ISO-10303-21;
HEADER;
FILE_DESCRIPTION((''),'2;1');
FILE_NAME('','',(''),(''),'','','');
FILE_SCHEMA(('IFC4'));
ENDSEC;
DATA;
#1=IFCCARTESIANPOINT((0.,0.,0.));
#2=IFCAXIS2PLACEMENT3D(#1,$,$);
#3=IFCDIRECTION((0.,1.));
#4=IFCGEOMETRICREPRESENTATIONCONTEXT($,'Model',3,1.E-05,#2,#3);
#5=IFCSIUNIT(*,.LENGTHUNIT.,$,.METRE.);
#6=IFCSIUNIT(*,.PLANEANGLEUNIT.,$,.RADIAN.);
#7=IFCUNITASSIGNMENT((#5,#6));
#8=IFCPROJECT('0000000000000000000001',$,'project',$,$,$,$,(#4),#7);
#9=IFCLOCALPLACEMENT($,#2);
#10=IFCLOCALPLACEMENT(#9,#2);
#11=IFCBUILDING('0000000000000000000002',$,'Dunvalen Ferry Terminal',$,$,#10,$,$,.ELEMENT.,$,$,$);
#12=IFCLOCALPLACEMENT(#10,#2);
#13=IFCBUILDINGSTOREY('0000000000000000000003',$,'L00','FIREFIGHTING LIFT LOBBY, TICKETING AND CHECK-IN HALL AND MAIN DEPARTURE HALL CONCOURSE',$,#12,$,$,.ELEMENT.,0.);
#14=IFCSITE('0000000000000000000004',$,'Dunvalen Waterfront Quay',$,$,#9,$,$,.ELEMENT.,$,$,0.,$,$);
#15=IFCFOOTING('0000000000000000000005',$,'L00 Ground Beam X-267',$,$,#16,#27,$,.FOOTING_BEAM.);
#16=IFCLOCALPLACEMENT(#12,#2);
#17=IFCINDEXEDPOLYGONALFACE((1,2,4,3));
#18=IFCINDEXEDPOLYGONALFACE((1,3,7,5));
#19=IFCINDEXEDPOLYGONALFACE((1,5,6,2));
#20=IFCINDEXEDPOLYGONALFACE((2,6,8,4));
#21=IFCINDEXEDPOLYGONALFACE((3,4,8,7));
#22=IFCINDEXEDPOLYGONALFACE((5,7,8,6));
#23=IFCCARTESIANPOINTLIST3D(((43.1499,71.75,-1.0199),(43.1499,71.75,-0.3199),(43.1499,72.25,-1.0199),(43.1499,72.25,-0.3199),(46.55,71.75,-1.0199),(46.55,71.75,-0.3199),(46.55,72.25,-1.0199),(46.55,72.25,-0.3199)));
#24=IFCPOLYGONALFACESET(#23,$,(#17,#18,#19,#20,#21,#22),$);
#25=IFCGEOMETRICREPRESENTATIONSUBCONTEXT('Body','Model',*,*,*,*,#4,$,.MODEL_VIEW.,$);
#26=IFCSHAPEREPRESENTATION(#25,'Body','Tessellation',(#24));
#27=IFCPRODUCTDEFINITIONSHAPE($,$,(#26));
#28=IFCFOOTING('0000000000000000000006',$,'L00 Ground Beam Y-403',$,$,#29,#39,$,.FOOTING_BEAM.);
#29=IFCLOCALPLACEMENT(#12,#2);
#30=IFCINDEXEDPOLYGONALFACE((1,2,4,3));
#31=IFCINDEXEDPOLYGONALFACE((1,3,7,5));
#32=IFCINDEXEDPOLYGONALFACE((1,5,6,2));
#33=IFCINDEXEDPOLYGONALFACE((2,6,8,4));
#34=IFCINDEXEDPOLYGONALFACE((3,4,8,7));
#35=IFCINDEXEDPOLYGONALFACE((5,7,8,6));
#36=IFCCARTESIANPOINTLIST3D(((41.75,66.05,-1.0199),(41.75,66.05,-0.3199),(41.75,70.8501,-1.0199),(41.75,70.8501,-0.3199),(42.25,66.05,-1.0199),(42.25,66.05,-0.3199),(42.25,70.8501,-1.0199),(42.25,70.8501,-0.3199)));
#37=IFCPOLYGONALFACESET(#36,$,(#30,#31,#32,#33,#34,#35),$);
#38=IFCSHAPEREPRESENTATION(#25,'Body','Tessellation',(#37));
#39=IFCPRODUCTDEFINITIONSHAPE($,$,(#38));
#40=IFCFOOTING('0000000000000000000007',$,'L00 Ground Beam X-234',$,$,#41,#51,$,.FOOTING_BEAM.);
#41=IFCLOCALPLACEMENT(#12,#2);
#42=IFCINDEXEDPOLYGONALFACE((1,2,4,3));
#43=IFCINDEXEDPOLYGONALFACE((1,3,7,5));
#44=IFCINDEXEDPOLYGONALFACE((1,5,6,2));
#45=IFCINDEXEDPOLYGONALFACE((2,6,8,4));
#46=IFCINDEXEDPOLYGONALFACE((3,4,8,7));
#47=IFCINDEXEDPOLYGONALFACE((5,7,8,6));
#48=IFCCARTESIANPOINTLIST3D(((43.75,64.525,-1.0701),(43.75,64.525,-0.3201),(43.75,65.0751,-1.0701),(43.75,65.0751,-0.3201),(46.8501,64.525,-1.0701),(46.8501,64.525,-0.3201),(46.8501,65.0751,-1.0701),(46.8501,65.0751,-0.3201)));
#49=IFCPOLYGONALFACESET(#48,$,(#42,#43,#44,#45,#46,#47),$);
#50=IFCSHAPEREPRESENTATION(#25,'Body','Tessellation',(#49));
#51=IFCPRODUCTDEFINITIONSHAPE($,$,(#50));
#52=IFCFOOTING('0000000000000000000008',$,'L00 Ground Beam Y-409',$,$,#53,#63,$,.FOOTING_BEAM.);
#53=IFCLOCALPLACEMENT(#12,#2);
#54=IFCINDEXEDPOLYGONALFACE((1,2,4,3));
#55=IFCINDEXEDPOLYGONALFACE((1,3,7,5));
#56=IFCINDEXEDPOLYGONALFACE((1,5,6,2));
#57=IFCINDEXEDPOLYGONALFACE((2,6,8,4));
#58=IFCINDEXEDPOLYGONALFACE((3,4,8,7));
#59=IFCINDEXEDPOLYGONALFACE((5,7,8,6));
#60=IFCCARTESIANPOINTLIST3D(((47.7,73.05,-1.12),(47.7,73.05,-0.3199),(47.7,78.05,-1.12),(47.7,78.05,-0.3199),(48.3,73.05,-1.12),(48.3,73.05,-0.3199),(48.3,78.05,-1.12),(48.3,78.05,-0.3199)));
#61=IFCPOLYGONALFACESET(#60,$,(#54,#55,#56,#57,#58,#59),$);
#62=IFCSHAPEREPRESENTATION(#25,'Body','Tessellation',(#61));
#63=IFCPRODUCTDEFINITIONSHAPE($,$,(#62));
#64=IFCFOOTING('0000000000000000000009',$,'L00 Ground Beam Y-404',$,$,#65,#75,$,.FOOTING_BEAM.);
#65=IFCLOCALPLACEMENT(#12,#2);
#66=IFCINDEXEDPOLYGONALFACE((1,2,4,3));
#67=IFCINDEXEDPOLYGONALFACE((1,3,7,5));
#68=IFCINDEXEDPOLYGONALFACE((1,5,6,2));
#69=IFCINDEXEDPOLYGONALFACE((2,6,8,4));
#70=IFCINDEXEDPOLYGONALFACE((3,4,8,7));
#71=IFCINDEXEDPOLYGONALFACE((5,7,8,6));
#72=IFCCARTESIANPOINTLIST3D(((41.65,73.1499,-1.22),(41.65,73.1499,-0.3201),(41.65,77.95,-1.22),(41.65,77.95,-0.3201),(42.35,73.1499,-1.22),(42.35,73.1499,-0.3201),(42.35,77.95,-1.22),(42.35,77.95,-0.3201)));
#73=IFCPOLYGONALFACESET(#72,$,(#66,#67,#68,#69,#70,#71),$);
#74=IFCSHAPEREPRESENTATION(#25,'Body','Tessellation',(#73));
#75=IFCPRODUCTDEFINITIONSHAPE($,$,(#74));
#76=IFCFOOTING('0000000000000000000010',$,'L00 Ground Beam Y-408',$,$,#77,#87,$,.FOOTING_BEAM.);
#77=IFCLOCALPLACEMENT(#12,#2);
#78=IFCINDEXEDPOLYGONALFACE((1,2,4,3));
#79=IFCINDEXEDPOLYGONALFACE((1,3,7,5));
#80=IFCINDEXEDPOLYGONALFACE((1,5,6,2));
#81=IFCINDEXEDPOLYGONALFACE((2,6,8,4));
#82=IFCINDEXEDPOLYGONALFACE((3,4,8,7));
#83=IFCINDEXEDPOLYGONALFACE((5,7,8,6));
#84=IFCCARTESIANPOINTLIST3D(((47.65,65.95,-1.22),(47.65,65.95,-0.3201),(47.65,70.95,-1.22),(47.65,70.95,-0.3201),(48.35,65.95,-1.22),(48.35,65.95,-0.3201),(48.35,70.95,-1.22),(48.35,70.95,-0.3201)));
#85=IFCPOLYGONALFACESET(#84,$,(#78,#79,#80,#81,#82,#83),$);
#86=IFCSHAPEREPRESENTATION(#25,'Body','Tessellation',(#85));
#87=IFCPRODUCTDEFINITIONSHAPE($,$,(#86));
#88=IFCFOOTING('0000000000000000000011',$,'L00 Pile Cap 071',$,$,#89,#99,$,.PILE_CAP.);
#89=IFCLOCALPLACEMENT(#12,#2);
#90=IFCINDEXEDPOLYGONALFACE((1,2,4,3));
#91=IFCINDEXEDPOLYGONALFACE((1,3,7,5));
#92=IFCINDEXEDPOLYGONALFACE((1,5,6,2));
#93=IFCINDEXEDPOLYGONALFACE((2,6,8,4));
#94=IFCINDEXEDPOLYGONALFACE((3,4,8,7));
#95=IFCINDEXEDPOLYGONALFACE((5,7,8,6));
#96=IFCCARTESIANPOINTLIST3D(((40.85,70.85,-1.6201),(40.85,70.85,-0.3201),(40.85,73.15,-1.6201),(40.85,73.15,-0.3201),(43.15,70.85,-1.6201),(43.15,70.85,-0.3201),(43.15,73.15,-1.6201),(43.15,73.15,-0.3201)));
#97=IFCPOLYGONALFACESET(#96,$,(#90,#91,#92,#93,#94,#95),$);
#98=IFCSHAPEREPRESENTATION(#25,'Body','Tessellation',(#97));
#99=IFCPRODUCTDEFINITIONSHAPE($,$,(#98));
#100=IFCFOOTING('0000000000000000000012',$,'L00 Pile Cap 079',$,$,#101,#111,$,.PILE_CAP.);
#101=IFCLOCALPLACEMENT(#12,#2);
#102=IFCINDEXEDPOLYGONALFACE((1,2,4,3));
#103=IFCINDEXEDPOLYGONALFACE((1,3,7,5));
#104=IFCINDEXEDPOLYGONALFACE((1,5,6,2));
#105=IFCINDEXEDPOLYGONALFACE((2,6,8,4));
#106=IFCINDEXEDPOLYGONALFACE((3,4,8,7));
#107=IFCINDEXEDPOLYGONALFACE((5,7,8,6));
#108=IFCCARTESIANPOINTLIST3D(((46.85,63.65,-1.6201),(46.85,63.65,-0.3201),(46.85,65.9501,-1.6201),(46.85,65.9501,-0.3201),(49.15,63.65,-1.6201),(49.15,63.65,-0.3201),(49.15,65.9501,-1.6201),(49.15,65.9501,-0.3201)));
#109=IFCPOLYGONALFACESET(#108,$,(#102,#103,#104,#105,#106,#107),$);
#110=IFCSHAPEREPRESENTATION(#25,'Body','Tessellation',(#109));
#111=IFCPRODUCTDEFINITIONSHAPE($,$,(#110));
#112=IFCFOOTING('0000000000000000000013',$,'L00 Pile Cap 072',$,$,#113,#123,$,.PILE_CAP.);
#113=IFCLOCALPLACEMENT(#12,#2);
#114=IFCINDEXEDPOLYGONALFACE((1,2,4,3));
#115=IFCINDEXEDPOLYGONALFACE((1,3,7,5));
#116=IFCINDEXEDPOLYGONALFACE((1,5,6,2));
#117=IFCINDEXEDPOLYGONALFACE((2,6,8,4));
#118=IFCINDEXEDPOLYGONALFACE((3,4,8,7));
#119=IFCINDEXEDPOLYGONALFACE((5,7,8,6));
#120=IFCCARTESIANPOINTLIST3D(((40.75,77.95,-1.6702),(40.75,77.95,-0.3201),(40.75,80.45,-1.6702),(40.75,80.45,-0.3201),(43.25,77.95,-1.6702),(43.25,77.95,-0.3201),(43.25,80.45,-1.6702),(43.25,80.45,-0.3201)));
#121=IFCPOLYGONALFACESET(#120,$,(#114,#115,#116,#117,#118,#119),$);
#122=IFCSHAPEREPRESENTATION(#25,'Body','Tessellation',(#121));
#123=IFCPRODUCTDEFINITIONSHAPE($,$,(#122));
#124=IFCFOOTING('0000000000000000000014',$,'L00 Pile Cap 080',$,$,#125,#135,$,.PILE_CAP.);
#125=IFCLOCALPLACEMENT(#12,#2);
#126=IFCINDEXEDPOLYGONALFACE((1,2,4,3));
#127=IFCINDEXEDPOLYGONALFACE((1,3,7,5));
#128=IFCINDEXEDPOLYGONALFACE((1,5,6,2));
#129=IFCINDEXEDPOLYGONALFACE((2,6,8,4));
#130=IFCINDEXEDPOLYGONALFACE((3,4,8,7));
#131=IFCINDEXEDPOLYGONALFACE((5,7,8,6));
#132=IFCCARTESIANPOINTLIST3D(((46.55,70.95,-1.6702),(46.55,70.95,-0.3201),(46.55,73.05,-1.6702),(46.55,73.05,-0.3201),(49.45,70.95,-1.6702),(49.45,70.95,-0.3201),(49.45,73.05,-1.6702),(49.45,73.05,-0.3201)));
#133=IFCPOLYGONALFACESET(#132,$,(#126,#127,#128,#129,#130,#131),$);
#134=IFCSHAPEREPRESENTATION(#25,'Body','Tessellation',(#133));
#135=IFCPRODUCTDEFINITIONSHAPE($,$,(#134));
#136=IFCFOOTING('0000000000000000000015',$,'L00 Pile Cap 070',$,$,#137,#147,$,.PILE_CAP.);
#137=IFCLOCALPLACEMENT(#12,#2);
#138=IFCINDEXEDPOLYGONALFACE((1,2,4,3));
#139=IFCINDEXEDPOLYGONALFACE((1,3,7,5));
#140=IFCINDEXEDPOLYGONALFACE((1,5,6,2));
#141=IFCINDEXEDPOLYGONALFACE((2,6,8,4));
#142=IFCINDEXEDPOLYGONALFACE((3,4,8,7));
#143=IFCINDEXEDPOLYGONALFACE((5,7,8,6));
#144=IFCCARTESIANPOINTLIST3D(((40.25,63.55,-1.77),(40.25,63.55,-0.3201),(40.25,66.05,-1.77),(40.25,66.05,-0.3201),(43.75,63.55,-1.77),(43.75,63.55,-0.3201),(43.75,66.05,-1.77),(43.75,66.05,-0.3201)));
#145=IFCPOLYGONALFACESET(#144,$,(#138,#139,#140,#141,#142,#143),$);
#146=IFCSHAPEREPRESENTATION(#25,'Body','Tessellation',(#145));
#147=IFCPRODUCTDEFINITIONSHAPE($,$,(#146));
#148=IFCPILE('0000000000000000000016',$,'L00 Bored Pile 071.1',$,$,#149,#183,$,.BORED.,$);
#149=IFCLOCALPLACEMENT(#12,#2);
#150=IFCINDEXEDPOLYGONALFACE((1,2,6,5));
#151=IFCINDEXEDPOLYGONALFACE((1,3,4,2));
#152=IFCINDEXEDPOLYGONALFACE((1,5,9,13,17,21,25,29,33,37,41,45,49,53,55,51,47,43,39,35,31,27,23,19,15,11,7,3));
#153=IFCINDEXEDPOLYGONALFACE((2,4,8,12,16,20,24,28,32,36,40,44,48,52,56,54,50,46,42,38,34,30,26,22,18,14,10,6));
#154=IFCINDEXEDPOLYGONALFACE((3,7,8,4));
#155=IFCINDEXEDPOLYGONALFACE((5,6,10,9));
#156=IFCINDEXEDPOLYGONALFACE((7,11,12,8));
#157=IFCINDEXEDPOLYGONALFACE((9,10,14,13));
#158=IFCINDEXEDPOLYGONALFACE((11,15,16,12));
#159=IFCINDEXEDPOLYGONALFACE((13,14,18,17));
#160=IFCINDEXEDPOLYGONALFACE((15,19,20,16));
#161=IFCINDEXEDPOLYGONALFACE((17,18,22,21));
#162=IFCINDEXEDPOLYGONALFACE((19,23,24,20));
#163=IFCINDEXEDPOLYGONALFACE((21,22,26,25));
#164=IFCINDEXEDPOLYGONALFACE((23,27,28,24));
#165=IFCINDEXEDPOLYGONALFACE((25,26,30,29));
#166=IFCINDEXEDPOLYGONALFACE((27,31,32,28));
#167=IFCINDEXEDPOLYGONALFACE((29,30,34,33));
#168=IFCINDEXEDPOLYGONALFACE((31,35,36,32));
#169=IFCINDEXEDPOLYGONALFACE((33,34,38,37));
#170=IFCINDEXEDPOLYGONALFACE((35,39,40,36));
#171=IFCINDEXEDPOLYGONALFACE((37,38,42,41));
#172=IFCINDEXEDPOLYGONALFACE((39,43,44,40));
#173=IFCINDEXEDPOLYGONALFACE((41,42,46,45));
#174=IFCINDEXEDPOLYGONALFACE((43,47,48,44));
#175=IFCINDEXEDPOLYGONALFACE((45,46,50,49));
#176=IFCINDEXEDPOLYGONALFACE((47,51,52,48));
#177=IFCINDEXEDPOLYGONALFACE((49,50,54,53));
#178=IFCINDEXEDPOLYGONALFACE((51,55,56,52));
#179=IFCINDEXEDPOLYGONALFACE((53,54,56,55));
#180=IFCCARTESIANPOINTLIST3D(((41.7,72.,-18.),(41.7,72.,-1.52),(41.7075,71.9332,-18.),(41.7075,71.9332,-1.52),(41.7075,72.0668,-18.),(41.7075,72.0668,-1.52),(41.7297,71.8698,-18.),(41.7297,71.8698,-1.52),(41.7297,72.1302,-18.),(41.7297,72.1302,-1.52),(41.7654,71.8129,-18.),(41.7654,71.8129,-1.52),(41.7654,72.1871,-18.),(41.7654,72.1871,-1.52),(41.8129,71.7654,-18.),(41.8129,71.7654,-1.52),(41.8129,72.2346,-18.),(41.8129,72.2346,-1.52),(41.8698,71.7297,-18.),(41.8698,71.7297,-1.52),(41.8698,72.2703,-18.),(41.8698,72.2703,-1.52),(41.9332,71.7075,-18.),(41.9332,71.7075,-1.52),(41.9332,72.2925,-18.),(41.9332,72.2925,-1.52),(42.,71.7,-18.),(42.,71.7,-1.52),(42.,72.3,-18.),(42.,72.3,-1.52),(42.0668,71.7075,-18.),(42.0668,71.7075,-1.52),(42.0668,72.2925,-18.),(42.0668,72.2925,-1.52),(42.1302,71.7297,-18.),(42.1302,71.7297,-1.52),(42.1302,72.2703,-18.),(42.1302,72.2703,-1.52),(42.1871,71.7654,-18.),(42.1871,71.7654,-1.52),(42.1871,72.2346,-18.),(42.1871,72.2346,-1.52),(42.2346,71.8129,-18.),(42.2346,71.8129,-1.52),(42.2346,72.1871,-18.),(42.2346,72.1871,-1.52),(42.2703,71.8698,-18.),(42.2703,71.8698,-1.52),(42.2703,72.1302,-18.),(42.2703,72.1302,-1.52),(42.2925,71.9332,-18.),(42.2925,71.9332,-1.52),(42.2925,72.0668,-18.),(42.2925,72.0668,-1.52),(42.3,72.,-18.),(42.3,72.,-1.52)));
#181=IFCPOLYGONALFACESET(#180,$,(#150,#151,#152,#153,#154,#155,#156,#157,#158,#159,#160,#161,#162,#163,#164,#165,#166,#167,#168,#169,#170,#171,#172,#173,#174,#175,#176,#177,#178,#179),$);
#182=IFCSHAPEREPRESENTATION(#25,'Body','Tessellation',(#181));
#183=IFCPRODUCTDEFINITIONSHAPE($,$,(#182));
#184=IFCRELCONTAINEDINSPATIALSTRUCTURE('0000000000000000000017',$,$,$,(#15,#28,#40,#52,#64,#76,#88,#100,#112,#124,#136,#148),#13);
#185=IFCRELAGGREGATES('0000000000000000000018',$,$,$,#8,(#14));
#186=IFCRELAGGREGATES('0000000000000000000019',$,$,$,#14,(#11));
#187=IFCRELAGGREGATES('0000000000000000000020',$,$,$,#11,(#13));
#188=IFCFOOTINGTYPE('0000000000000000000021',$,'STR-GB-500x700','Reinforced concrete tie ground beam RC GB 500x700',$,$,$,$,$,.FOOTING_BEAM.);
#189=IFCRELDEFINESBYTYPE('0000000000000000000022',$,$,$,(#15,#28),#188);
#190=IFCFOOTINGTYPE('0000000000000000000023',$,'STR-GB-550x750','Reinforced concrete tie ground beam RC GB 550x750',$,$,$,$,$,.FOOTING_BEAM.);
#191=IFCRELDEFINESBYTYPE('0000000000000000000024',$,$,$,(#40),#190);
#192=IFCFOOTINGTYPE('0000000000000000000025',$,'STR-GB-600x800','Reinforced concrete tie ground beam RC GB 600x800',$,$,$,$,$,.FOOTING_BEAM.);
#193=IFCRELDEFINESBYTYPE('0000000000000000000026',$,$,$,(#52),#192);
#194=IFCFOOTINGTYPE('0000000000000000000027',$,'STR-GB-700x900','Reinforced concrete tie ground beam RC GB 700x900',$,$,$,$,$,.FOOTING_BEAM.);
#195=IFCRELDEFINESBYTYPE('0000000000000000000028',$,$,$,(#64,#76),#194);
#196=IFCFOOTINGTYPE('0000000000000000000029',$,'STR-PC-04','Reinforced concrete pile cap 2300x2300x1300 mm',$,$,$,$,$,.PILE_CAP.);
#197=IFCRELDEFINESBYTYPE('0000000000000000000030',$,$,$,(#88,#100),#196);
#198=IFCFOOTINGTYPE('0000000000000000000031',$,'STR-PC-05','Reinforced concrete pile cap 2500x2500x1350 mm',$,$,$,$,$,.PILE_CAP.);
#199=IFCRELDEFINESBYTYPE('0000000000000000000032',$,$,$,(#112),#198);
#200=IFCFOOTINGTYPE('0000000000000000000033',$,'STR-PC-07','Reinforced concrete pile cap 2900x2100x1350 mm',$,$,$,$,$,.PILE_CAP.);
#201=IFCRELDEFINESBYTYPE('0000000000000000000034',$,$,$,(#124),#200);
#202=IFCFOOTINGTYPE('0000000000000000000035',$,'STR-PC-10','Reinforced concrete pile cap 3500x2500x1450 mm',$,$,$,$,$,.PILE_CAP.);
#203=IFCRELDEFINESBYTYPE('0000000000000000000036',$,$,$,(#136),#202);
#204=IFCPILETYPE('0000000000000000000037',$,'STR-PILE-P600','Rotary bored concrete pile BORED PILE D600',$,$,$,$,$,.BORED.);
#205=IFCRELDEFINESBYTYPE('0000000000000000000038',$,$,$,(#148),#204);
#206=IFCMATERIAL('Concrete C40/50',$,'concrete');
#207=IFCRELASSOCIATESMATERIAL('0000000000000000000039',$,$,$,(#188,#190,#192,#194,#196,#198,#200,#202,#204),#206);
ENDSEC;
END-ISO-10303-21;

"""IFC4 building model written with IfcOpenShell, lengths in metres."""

from ifc_helpers import new_model, si_unit, direction, frame, origin, origin_2d, place, context, subcontext, project, spatial, rectangle, circle, extrude, material, material_profile, profile_set, type_object, element, save


model = new_model("IFC4")

# Units and contexts
model_context = context("Model", 3, precision=1e-05, world=origin(), true_north=direction((0.0, 1.0)))
body_context = subcontext(model_context, "Body", "Model", "MODEL_VIEW")
ifc_project = project(units=[si_unit("LENGTHUNIT", "METRE"), si_unit("PLANEANGLEUNIT", "RADIAN")], contexts=[model_context])

# Site, building, storey
site_placement = place(None, origin())
site = spatial("IfcSite", under=ifc_project, at=site_placement, Name="Dunvalen Waterfront Quay", CompositionType="ELEMENT", RefElevation=0.0)
building_placement = place(site_placement, origin())
building = spatial("IfcBuilding", under=site, at=building_placement, Name="Dunvalen Ferry Terminal", CompositionType="ELEMENT")
storey_placement = place(building_placement, origin())
storey = spatial("IfcBuildingStorey", under=building, at=storey_placement, Name="L00", Description="FIREFIGHTING LIFT LOBBY, TICKETING AND CHECK-IN HALL AND MAIN DEPARTURE HALL CONCOURSE", CompositionType="ELEMENT", Elevation=0.0)

# Footings
ifc_material_1 = material(Name="Concrete C40/50", Category="concrete")
ifc_material_profile_1 = material_profile(ifc_material_1, rectangle(XDim=0.5, YDim=0.7, at=origin_2d()), Name="Concrete C40/50")
ifc_profile_set_1 = profile_set([ifc_material_profile_1], Name="Concrete C40/50")
footing_type_1 = type_object("IfcFootingType", Name="STR-GB-500x700", Description="Reinforced concrete tie ground beam RC GB 500x700", PredefinedType="FOOTING_BEAM", material=ifc_profile_set_1)
footing_1_placement = place(storey_placement, frame((43.1499, 72.0, -0.6699), z_axis=(1.0, 0.0, 0.0), x_axis=(0.0, 1.0, 0.0)))
element("IfcFooting", 1, at=footing_1_placement, inside=storey, type_object=footing_type_1, Name="L00 Ground Beam X-267", PredefinedType="FOOTING_BEAM", context=body_context, shape_type="SweptSolid", body=[
    extrude(rectangle(XDim=0.5, YDim=0.7, at=origin_2d()), origin(), (0.0, 0.0, 1.0), 3.4001),
])
footing_2_placement = place(storey_placement, frame((42.0, 66.05, -0.6699), z_axis=(0.0, 1.0, 0.0), x_axis=(-1.0, 0.0, 0.0)))
element("IfcFooting", 2, at=footing_2_placement, inside=storey, type_object=footing_type_1, Name="L00 Ground Beam Y-403", PredefinedType="FOOTING_BEAM", context=body_context, shape_type="SweptSolid", body=[
    extrude(rectangle(XDim=0.5, YDim=0.7, at=origin_2d()), origin(), (0.0, 0.0, 1.0), 4.8),
])
ifc_material_profile_2 = material_profile(ifc_material_1, rectangle(XDim=0.55, YDim=0.75, at=origin_2d()), Name="Concrete C40/50")
ifc_profile_set_2 = profile_set([ifc_material_profile_2], Name="Concrete C40/50")
footing_type_2 = type_object("IfcFootingType", Name="STR-GB-550x750", Description="Reinforced concrete tie ground beam RC GB 550x750", PredefinedType="FOOTING_BEAM", material=ifc_profile_set_2)
footing_3_placement = place(storey_placement, frame((43.75, 64.8, -0.6951), z_axis=(1.0, 0.0, 0.0), x_axis=(0.0, 1.0, 0.0)))
element("IfcFooting", 3, at=footing_3_placement, inside=storey, type_object=footing_type_2, Name="L00 Ground Beam X-234", PredefinedType="FOOTING_BEAM", context=body_context, shape_type="SweptSolid", body=[
    extrude(rectangle(XDim=0.55, YDim=0.75, at=origin_2d()), origin(), (0.0, 0.0, 1.0), 3.1001),
])
ifc_material_profile_3 = material_profile(ifc_material_1, rectangle(XDim=0.6001, YDim=0.8, at=origin_2d()), Name="Concrete C40/50")
ifc_profile_set_3 = profile_set([ifc_material_profile_3], Name="Concrete C40/50")
footing_type_3 = type_object("IfcFootingType", Name="STR-GB-600x800", Description="Reinforced concrete tie ground beam RC GB 600x800", PredefinedType="FOOTING_BEAM", material=ifc_profile_set_3)
footing_4_placement = place(storey_placement, frame((48.0, 73.05, -0.72), z_axis=(0.0, 1.0, 0.0), x_axis=(-1.0, 0.0, 0.0)))
element("IfcFooting", 4, at=footing_4_placement, inside=storey, type_object=footing_type_3, Name="L00 Ground Beam Y-409", PredefinedType="FOOTING_BEAM", context=body_context, shape_type="SweptSolid", body=[
    extrude(rectangle(XDim=0.6001, YDim=0.8, at=origin_2d()), origin(), (0.0, 0.0, 1.0), 5.0),
])
ifc_material_profile_4 = material_profile(ifc_material_1, rectangle(XDim=0.7, YDim=0.8999, at=origin_2d()), Name="Concrete C40/50")
ifc_profile_set_4 = profile_set([ifc_material_profile_4], Name="Concrete C40/50")
footing_type_4 = type_object("IfcFootingType", Name="STR-GB-700x900", Description="Reinforced concrete tie ground beam RC GB 700x900", PredefinedType="FOOTING_BEAM", material=ifc_profile_set_4)
footing_5_placement = place(storey_placement, frame((42.0, 73.1499, -0.77), z_axis=(0.0, 1.0, 0.0), x_axis=(-1.0, 0.0, 0.0)))
element("IfcFooting", 5, at=footing_5_placement, inside=storey, type_object=footing_type_4, Name="L00 Ground Beam Y-404", PredefinedType="FOOTING_BEAM", context=body_context, shape_type="SweptSolid", body=[
    extrude(rectangle(XDim=0.7, YDim=0.8999, at=origin_2d()), origin(), (0.0, 0.0, 1.0), 4.8),
])
footing_6_placement = place(storey_placement, frame((48.0, 65.95, -0.77), z_axis=(0.0, 1.0, 0.0), x_axis=(-1.0, 0.0, 0.0)))
element("IfcFooting", 6, at=footing_6_placement, inside=storey, type_object=footing_type_4, Name="L00 Ground Beam Y-408", PredefinedType="FOOTING_BEAM", context=body_context, shape_type="SweptSolid", body=[
    extrude(rectangle(XDim=0.7, YDim=0.8999, at=origin_2d()), origin(), (0.0, 0.0, 1.0), 5.0),
])
footing_type_5 = type_object("IfcFootingType", Name="STR-PC-04", Description="Reinforced concrete pile cap 2300x2300x1300 mm", PredefinedType="PILE_CAP", material=ifc_material_1)
for number, where, z_axis, x_axis, name in (
    (7, (42.0, 72.0, -1.6201), (0.0, 0.0, 1.0), (1.0, 0.0, 0.0), "L00 Pile Cap 071"),
    (8, (48.0, 64.8, -1.6201), (0.0, 0.0, 1.0), (1.0, 0.0, 0.0), "L00 Pile Cap 079"),
):
    element("IfcFooting", number, at=place(storey_placement, frame(where, z_axis=z_axis, x_axis=x_axis)), inside=storey, type_object=footing_type_5, Name=name, PredefinedType="PILE_CAP", context=body_context, shape_type="SweptSolid", body=[
        extrude(rectangle(XDim=2.3, YDim=2.3, at=origin_2d()), origin(), (0.0, 0.0, 1.0), 1.3),
    ])
footing_type_6 = type_object("IfcFootingType", Name="STR-PC-05", Description="Reinforced concrete pile cap 2500x2500x1350 mm", PredefinedType="PILE_CAP", material=ifc_material_1)
footing_7_placement = place(storey_placement, frame((42.0, 79.2, -1.6702), z_axis=(0.0, 0.0, 1.0), x_axis=(1.0, 0.0, 0.0)))
element("IfcFooting", 9, at=footing_7_placement, inside=storey, type_object=footing_type_6, Name="L00 Pile Cap 072", PredefinedType="PILE_CAP", context=body_context, shape_type="SweptSolid", body=[
    extrude(rectangle(XDim=2.5, YDim=2.5, at=origin_2d()), origin(), (0.0, 0.0, 1.0), 1.3501),
])
footing_type_7 = type_object("IfcFootingType", Name="STR-PC-07", Description="Reinforced concrete pile cap 2900x2100x1350 mm", PredefinedType="PILE_CAP", material=ifc_material_1)
footing_8_placement = place(storey_placement, frame((48.0, 72.0, -1.6702), z_axis=(0.0, 0.0, 1.0), x_axis=(1.0, 0.0, 0.0)))
element("IfcFooting", 10, at=footing_8_placement, inside=storey, type_object=footing_type_7, Name="L00 Pile Cap 080", PredefinedType="PILE_CAP", context=body_context, shape_type="SweptSolid", body=[
    extrude(rectangle(XDim=2.8999, YDim=2.1001, at=origin_2d()), origin(), (0.0, 0.0, 1.0), 1.3501),
])
footing_type_8 = type_object("IfcFootingType", Name="STR-PC-10", Description="Reinforced concrete pile cap 3500x2500x1450 mm", PredefinedType="PILE_CAP", material=ifc_material_1)
footing_9_placement = place(storey_placement, frame((42.0, 64.8, -1.77), z_axis=(0.0, 0.0, 1.0), x_axis=(1.0, 0.0, 0.0)))
element("IfcFooting", 11, at=footing_9_placement, inside=storey, type_object=footing_type_8, Name="L00 Pile Cap 070", PredefinedType="PILE_CAP", context=body_context, shape_type="SweptSolid", body=[
    extrude(rectangle(XDim=3.5, YDim=2.5, at=origin_2d()), origin(), (0.0, 0.0, 1.0), 1.45),
])

# Pile
ifc_material_profile_5 = material_profile(ifc_material_1, circle(Radius=0.3, at=origin_2d()), Name="Concrete C40/50")
ifc_profile_set_5 = profile_set([ifc_material_profile_5], Name="Concrete C40/50")
pile_type_1 = type_object("IfcPileType", Name="STR-PILE-P600", Description="Rotary bored concrete pile BORED PILE D600", PredefinedType="BORED", material=ifc_profile_set_5)
for number, where, z_axis, x_axis, name in (
    (12, (42.0, 72.0, -1.52), (0.0, 0.0, -1.0), (1.0, 0.0, 0.0), "L00 Bored Pile 071.1"),
):
    element("IfcPile", number, at=place(storey_placement, frame(where, z_axis=z_axis, x_axis=x_axis)), inside=storey, type_object=pile_type_1, Name=name, PredefinedType="BORED", context=body_context, shape_type="SweptSolid", body=[
        extrude(circle(Radius=0.3, at=origin_2d()), origin(), (0.0, 0.0, 1.0), 16.48),
    ])

save(model, "model.ifc")
